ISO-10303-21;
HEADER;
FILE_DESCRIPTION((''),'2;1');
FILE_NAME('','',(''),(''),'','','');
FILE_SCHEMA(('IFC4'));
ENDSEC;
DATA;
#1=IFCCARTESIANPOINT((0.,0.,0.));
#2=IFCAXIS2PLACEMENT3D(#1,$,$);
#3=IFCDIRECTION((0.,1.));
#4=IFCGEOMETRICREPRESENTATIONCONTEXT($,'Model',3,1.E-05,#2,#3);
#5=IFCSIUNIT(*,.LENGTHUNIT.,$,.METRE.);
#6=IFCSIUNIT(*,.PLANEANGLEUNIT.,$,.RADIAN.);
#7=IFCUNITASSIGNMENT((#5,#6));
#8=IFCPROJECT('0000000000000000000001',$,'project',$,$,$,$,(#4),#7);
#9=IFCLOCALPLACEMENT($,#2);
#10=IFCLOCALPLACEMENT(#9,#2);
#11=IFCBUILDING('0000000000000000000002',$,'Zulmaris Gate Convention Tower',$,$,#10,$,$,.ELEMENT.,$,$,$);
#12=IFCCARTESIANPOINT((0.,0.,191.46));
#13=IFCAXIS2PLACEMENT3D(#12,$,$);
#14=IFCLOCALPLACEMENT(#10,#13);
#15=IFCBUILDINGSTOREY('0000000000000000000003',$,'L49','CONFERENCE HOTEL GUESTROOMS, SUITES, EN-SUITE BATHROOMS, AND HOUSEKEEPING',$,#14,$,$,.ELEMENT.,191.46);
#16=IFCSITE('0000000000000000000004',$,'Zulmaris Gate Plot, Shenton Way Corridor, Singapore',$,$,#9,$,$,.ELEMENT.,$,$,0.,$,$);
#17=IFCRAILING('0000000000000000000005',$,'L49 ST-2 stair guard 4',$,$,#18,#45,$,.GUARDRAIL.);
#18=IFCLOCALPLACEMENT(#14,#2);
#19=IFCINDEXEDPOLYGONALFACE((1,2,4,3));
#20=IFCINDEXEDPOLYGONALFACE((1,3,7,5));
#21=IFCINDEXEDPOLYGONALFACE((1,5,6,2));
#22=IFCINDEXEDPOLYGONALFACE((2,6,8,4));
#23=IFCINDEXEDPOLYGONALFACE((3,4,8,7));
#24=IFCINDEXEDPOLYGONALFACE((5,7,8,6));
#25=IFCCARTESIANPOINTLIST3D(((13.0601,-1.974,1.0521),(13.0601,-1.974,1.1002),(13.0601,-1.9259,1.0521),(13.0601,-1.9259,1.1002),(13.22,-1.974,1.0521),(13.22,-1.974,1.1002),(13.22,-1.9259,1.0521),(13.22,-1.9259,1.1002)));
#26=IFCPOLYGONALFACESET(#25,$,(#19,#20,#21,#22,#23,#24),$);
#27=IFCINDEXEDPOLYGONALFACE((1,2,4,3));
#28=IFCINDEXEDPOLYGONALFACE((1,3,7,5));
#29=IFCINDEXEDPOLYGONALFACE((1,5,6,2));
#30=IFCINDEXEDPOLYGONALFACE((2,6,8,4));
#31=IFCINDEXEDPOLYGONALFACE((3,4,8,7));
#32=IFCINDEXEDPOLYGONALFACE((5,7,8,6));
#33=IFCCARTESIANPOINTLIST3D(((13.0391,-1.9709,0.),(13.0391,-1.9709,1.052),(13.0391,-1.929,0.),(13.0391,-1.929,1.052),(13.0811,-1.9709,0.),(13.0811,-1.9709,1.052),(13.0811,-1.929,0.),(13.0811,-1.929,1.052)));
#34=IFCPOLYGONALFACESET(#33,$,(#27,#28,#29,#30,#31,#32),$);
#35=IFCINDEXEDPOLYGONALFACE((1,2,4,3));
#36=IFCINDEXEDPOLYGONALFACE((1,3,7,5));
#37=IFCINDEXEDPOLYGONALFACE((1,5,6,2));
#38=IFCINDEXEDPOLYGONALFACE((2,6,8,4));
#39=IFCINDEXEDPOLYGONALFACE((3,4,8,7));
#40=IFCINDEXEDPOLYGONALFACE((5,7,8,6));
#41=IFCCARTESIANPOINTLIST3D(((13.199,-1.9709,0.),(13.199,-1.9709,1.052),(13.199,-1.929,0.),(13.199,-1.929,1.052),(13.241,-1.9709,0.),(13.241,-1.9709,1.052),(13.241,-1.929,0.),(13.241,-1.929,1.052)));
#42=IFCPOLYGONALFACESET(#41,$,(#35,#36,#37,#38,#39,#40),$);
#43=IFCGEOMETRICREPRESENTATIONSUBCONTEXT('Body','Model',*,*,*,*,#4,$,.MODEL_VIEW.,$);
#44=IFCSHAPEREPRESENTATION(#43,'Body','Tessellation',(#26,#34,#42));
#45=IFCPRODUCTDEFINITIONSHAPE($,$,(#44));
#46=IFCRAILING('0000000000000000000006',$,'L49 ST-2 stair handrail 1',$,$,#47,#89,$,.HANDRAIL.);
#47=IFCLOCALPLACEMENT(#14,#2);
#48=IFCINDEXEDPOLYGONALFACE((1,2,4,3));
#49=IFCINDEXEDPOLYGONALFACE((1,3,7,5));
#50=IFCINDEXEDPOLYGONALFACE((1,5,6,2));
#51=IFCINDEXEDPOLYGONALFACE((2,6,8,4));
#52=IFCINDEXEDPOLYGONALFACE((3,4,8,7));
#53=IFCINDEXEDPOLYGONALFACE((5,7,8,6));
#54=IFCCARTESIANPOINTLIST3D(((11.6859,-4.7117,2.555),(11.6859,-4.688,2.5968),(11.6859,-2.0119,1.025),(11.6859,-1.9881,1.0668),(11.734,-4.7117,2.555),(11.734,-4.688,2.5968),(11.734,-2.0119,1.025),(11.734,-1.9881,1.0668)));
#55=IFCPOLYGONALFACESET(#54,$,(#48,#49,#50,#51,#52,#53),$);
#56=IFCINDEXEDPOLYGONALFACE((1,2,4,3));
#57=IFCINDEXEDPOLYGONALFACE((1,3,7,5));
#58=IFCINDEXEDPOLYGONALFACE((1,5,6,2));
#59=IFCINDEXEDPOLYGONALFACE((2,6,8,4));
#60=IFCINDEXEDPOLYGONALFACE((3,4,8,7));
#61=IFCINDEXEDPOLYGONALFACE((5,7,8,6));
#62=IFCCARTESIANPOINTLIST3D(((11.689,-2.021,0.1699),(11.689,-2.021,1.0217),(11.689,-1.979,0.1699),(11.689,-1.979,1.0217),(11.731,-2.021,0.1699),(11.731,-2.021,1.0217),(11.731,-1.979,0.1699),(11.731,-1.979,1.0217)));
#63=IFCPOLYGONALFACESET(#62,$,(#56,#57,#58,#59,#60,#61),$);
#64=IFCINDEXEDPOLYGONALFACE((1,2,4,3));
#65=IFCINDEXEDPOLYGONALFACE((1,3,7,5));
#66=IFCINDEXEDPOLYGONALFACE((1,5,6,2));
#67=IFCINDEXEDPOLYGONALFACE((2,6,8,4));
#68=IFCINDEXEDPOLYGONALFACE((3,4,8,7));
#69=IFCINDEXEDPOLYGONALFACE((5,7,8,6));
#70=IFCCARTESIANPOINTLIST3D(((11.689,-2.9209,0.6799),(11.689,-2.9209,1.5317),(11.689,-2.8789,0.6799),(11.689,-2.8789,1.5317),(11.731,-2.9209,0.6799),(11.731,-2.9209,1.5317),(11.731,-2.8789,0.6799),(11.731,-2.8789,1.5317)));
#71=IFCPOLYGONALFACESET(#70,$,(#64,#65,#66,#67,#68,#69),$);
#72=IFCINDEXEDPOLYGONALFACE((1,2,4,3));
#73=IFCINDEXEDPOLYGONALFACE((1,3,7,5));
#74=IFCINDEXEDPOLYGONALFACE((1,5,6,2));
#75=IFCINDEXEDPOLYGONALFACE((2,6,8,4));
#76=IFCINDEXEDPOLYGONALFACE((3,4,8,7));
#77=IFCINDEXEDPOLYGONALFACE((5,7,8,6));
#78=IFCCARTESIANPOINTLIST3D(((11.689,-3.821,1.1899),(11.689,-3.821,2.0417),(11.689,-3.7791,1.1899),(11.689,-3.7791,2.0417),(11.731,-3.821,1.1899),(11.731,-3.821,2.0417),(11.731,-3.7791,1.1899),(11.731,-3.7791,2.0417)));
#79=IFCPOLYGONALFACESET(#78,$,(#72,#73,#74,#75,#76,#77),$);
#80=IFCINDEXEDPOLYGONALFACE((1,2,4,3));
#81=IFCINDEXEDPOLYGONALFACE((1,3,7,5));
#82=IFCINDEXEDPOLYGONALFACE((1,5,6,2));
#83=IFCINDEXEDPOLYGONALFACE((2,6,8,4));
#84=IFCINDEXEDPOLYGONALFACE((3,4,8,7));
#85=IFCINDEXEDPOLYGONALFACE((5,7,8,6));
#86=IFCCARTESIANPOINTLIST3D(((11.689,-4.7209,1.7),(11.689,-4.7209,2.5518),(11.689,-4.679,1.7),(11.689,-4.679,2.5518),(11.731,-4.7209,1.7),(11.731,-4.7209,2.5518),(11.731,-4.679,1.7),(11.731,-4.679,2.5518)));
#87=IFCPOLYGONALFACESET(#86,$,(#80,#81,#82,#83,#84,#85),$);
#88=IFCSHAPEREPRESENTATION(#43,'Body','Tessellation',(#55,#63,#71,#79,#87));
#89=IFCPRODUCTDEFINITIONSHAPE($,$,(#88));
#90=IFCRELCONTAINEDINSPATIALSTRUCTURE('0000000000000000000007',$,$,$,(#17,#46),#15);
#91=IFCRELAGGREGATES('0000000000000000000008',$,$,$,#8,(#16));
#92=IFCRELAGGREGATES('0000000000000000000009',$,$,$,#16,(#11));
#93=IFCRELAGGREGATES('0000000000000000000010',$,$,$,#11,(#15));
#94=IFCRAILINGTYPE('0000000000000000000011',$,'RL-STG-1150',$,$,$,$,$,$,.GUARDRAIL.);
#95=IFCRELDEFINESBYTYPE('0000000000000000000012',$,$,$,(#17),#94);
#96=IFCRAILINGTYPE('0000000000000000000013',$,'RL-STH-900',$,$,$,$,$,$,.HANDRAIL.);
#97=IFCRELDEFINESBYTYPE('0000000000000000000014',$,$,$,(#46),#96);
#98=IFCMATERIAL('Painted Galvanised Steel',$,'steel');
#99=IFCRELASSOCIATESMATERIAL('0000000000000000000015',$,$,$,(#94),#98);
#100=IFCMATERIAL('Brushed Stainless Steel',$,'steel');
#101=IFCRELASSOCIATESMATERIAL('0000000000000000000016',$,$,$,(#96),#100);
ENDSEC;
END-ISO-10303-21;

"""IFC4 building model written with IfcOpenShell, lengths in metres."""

from ifc_helpers import new_model, si_unit, direction, frame, origin, origin_2d, place, context, subcontext, project, spatial, rectangle, extrude, material, type_object, element, save


model = new_model("IFC4")

# Units and contexts
model_context = context("Model", 3, precision=1e-05, world=origin(), true_north=direction((0.0, 1.0)))
body_context = subcontext(model_context, "Body", "Model", "MODEL_VIEW")
ifc_project = project(units=[si_unit("LENGTHUNIT", "METRE"), si_unit("PLANEANGLEUNIT", "RADIAN")], contexts=[model_context])

# Site, building, storey
site_placement = place(None, origin())
site = spatial("IfcSite", under=ifc_project, at=site_placement, Name="Zulmaris Gate Plot, Shenton Way Corridor, Singapore", CompositionType="ELEMENT", RefElevation=0.0)
building_placement = place(site_placement, origin())
building = spatial("IfcBuilding", under=site, at=building_placement, Name="Zulmaris Gate Convention Tower", CompositionType="ELEMENT")
storey_placement = place(building_placement, frame((0.0, 0.0, 191.46)))
storey = spatial("IfcBuildingStorey", under=building, at=storey_placement, Name="L49", Description="CONFERENCE HOTEL GUESTROOMS, SUITES, EN-SUITE BATHROOMS, AND HOUSEKEEPING", CompositionType="ELEMENT", Elevation=191.46)

# Railings
ifc_material_1 = material(Name="Painted Galvanised Steel", Category="steel")
railing_type_1 = type_object("IfcRailingType", Name="RL-STG-1150", PredefinedType="GUARDRAIL", material=ifc_material_1)
for number, where, name in (
    (1, (13.0601, -1.95, 0.0), "L49 ST-2 stair guard 4"),
):
    element("IfcRailing", number, at=place(storey_placement, frame(where)), inside=storey, type_object=railing_type_1, Name=name, PredefinedType="GUARDRAIL", context=body_context, shape_type="SweptSolid", body=[
        extrude(rectangle(XDim=0.0481, YDim=0.0481, at=origin_2d()), frame((0.0, 0.0, 1.0762), z_axis=(1.0, 0.0, 0.0), x_axis=(0.0, 1.0, 0.0)), (0.0, 0.0, 1.0), 0.1599),
        extrude(rectangle(XDim=0.042, YDim=0.042, at=origin_2d()), origin(), (0.0, 0.0, 1.0), 1.052),
        extrude(rectangle(XDim=0.042, YDim=0.042, at=origin_2d()), frame((0.1599, 0.0, 0.0)), (0.0, 0.0, 1.0), 1.052),
    ])
ifc_material_2 = material(Name="Brushed Stainless Steel", Category="steel")
railing_type_2 = type_object("IfcRailingType", Name="RL-STH-900", PredefinedType="HANDRAIL", material=ifc_material_2)
railing_1_placement = place(storey_placement, frame((11.71, -2.0, 0.1699)))
element("IfcRailing", 2, at=railing_1_placement, inside=storey, type_object=railing_type_2, Name="L49 ST-2 stair handrail 1", PredefinedType="HANDRAIL", context=body_context, shape_type="SweptSolid", body=[
    extrude(rectangle(XDim=0.0481, YDim=0.0481, at=origin_2d()), frame((0.0, 0.0, 0.876), z_axis=(0.0, -0.870014, 0.493026), x_axis=(1.0, 0.0, 0.0)), (0.0, 0.0, 1.0), 3.1033),
    extrude(rectangle(XDim=0.042, YDim=0.042, at=origin_2d()), origin(), (0.0, 0.0, 1.0), 0.8518),
    extrude(rectangle(XDim=0.042, YDim=0.042, at=origin_2d()), frame((0.0, -0.8999, 0.51)), (0.0, 0.0, 1.0), 0.8518),
    extrude(rectangle(XDim=0.042, YDim=0.042, at=origin_2d()), frame((0.0, -1.8, 1.02)), (0.0, 0.0, 1.0), 0.8518),
    extrude(rectangle(XDim=0.042, YDim=0.042, at=origin_2d()), frame((0.0, -2.7, 1.53)), (0.0, 0.0, 1.0), 0.8518),
])

save(model, "model.ifc")
